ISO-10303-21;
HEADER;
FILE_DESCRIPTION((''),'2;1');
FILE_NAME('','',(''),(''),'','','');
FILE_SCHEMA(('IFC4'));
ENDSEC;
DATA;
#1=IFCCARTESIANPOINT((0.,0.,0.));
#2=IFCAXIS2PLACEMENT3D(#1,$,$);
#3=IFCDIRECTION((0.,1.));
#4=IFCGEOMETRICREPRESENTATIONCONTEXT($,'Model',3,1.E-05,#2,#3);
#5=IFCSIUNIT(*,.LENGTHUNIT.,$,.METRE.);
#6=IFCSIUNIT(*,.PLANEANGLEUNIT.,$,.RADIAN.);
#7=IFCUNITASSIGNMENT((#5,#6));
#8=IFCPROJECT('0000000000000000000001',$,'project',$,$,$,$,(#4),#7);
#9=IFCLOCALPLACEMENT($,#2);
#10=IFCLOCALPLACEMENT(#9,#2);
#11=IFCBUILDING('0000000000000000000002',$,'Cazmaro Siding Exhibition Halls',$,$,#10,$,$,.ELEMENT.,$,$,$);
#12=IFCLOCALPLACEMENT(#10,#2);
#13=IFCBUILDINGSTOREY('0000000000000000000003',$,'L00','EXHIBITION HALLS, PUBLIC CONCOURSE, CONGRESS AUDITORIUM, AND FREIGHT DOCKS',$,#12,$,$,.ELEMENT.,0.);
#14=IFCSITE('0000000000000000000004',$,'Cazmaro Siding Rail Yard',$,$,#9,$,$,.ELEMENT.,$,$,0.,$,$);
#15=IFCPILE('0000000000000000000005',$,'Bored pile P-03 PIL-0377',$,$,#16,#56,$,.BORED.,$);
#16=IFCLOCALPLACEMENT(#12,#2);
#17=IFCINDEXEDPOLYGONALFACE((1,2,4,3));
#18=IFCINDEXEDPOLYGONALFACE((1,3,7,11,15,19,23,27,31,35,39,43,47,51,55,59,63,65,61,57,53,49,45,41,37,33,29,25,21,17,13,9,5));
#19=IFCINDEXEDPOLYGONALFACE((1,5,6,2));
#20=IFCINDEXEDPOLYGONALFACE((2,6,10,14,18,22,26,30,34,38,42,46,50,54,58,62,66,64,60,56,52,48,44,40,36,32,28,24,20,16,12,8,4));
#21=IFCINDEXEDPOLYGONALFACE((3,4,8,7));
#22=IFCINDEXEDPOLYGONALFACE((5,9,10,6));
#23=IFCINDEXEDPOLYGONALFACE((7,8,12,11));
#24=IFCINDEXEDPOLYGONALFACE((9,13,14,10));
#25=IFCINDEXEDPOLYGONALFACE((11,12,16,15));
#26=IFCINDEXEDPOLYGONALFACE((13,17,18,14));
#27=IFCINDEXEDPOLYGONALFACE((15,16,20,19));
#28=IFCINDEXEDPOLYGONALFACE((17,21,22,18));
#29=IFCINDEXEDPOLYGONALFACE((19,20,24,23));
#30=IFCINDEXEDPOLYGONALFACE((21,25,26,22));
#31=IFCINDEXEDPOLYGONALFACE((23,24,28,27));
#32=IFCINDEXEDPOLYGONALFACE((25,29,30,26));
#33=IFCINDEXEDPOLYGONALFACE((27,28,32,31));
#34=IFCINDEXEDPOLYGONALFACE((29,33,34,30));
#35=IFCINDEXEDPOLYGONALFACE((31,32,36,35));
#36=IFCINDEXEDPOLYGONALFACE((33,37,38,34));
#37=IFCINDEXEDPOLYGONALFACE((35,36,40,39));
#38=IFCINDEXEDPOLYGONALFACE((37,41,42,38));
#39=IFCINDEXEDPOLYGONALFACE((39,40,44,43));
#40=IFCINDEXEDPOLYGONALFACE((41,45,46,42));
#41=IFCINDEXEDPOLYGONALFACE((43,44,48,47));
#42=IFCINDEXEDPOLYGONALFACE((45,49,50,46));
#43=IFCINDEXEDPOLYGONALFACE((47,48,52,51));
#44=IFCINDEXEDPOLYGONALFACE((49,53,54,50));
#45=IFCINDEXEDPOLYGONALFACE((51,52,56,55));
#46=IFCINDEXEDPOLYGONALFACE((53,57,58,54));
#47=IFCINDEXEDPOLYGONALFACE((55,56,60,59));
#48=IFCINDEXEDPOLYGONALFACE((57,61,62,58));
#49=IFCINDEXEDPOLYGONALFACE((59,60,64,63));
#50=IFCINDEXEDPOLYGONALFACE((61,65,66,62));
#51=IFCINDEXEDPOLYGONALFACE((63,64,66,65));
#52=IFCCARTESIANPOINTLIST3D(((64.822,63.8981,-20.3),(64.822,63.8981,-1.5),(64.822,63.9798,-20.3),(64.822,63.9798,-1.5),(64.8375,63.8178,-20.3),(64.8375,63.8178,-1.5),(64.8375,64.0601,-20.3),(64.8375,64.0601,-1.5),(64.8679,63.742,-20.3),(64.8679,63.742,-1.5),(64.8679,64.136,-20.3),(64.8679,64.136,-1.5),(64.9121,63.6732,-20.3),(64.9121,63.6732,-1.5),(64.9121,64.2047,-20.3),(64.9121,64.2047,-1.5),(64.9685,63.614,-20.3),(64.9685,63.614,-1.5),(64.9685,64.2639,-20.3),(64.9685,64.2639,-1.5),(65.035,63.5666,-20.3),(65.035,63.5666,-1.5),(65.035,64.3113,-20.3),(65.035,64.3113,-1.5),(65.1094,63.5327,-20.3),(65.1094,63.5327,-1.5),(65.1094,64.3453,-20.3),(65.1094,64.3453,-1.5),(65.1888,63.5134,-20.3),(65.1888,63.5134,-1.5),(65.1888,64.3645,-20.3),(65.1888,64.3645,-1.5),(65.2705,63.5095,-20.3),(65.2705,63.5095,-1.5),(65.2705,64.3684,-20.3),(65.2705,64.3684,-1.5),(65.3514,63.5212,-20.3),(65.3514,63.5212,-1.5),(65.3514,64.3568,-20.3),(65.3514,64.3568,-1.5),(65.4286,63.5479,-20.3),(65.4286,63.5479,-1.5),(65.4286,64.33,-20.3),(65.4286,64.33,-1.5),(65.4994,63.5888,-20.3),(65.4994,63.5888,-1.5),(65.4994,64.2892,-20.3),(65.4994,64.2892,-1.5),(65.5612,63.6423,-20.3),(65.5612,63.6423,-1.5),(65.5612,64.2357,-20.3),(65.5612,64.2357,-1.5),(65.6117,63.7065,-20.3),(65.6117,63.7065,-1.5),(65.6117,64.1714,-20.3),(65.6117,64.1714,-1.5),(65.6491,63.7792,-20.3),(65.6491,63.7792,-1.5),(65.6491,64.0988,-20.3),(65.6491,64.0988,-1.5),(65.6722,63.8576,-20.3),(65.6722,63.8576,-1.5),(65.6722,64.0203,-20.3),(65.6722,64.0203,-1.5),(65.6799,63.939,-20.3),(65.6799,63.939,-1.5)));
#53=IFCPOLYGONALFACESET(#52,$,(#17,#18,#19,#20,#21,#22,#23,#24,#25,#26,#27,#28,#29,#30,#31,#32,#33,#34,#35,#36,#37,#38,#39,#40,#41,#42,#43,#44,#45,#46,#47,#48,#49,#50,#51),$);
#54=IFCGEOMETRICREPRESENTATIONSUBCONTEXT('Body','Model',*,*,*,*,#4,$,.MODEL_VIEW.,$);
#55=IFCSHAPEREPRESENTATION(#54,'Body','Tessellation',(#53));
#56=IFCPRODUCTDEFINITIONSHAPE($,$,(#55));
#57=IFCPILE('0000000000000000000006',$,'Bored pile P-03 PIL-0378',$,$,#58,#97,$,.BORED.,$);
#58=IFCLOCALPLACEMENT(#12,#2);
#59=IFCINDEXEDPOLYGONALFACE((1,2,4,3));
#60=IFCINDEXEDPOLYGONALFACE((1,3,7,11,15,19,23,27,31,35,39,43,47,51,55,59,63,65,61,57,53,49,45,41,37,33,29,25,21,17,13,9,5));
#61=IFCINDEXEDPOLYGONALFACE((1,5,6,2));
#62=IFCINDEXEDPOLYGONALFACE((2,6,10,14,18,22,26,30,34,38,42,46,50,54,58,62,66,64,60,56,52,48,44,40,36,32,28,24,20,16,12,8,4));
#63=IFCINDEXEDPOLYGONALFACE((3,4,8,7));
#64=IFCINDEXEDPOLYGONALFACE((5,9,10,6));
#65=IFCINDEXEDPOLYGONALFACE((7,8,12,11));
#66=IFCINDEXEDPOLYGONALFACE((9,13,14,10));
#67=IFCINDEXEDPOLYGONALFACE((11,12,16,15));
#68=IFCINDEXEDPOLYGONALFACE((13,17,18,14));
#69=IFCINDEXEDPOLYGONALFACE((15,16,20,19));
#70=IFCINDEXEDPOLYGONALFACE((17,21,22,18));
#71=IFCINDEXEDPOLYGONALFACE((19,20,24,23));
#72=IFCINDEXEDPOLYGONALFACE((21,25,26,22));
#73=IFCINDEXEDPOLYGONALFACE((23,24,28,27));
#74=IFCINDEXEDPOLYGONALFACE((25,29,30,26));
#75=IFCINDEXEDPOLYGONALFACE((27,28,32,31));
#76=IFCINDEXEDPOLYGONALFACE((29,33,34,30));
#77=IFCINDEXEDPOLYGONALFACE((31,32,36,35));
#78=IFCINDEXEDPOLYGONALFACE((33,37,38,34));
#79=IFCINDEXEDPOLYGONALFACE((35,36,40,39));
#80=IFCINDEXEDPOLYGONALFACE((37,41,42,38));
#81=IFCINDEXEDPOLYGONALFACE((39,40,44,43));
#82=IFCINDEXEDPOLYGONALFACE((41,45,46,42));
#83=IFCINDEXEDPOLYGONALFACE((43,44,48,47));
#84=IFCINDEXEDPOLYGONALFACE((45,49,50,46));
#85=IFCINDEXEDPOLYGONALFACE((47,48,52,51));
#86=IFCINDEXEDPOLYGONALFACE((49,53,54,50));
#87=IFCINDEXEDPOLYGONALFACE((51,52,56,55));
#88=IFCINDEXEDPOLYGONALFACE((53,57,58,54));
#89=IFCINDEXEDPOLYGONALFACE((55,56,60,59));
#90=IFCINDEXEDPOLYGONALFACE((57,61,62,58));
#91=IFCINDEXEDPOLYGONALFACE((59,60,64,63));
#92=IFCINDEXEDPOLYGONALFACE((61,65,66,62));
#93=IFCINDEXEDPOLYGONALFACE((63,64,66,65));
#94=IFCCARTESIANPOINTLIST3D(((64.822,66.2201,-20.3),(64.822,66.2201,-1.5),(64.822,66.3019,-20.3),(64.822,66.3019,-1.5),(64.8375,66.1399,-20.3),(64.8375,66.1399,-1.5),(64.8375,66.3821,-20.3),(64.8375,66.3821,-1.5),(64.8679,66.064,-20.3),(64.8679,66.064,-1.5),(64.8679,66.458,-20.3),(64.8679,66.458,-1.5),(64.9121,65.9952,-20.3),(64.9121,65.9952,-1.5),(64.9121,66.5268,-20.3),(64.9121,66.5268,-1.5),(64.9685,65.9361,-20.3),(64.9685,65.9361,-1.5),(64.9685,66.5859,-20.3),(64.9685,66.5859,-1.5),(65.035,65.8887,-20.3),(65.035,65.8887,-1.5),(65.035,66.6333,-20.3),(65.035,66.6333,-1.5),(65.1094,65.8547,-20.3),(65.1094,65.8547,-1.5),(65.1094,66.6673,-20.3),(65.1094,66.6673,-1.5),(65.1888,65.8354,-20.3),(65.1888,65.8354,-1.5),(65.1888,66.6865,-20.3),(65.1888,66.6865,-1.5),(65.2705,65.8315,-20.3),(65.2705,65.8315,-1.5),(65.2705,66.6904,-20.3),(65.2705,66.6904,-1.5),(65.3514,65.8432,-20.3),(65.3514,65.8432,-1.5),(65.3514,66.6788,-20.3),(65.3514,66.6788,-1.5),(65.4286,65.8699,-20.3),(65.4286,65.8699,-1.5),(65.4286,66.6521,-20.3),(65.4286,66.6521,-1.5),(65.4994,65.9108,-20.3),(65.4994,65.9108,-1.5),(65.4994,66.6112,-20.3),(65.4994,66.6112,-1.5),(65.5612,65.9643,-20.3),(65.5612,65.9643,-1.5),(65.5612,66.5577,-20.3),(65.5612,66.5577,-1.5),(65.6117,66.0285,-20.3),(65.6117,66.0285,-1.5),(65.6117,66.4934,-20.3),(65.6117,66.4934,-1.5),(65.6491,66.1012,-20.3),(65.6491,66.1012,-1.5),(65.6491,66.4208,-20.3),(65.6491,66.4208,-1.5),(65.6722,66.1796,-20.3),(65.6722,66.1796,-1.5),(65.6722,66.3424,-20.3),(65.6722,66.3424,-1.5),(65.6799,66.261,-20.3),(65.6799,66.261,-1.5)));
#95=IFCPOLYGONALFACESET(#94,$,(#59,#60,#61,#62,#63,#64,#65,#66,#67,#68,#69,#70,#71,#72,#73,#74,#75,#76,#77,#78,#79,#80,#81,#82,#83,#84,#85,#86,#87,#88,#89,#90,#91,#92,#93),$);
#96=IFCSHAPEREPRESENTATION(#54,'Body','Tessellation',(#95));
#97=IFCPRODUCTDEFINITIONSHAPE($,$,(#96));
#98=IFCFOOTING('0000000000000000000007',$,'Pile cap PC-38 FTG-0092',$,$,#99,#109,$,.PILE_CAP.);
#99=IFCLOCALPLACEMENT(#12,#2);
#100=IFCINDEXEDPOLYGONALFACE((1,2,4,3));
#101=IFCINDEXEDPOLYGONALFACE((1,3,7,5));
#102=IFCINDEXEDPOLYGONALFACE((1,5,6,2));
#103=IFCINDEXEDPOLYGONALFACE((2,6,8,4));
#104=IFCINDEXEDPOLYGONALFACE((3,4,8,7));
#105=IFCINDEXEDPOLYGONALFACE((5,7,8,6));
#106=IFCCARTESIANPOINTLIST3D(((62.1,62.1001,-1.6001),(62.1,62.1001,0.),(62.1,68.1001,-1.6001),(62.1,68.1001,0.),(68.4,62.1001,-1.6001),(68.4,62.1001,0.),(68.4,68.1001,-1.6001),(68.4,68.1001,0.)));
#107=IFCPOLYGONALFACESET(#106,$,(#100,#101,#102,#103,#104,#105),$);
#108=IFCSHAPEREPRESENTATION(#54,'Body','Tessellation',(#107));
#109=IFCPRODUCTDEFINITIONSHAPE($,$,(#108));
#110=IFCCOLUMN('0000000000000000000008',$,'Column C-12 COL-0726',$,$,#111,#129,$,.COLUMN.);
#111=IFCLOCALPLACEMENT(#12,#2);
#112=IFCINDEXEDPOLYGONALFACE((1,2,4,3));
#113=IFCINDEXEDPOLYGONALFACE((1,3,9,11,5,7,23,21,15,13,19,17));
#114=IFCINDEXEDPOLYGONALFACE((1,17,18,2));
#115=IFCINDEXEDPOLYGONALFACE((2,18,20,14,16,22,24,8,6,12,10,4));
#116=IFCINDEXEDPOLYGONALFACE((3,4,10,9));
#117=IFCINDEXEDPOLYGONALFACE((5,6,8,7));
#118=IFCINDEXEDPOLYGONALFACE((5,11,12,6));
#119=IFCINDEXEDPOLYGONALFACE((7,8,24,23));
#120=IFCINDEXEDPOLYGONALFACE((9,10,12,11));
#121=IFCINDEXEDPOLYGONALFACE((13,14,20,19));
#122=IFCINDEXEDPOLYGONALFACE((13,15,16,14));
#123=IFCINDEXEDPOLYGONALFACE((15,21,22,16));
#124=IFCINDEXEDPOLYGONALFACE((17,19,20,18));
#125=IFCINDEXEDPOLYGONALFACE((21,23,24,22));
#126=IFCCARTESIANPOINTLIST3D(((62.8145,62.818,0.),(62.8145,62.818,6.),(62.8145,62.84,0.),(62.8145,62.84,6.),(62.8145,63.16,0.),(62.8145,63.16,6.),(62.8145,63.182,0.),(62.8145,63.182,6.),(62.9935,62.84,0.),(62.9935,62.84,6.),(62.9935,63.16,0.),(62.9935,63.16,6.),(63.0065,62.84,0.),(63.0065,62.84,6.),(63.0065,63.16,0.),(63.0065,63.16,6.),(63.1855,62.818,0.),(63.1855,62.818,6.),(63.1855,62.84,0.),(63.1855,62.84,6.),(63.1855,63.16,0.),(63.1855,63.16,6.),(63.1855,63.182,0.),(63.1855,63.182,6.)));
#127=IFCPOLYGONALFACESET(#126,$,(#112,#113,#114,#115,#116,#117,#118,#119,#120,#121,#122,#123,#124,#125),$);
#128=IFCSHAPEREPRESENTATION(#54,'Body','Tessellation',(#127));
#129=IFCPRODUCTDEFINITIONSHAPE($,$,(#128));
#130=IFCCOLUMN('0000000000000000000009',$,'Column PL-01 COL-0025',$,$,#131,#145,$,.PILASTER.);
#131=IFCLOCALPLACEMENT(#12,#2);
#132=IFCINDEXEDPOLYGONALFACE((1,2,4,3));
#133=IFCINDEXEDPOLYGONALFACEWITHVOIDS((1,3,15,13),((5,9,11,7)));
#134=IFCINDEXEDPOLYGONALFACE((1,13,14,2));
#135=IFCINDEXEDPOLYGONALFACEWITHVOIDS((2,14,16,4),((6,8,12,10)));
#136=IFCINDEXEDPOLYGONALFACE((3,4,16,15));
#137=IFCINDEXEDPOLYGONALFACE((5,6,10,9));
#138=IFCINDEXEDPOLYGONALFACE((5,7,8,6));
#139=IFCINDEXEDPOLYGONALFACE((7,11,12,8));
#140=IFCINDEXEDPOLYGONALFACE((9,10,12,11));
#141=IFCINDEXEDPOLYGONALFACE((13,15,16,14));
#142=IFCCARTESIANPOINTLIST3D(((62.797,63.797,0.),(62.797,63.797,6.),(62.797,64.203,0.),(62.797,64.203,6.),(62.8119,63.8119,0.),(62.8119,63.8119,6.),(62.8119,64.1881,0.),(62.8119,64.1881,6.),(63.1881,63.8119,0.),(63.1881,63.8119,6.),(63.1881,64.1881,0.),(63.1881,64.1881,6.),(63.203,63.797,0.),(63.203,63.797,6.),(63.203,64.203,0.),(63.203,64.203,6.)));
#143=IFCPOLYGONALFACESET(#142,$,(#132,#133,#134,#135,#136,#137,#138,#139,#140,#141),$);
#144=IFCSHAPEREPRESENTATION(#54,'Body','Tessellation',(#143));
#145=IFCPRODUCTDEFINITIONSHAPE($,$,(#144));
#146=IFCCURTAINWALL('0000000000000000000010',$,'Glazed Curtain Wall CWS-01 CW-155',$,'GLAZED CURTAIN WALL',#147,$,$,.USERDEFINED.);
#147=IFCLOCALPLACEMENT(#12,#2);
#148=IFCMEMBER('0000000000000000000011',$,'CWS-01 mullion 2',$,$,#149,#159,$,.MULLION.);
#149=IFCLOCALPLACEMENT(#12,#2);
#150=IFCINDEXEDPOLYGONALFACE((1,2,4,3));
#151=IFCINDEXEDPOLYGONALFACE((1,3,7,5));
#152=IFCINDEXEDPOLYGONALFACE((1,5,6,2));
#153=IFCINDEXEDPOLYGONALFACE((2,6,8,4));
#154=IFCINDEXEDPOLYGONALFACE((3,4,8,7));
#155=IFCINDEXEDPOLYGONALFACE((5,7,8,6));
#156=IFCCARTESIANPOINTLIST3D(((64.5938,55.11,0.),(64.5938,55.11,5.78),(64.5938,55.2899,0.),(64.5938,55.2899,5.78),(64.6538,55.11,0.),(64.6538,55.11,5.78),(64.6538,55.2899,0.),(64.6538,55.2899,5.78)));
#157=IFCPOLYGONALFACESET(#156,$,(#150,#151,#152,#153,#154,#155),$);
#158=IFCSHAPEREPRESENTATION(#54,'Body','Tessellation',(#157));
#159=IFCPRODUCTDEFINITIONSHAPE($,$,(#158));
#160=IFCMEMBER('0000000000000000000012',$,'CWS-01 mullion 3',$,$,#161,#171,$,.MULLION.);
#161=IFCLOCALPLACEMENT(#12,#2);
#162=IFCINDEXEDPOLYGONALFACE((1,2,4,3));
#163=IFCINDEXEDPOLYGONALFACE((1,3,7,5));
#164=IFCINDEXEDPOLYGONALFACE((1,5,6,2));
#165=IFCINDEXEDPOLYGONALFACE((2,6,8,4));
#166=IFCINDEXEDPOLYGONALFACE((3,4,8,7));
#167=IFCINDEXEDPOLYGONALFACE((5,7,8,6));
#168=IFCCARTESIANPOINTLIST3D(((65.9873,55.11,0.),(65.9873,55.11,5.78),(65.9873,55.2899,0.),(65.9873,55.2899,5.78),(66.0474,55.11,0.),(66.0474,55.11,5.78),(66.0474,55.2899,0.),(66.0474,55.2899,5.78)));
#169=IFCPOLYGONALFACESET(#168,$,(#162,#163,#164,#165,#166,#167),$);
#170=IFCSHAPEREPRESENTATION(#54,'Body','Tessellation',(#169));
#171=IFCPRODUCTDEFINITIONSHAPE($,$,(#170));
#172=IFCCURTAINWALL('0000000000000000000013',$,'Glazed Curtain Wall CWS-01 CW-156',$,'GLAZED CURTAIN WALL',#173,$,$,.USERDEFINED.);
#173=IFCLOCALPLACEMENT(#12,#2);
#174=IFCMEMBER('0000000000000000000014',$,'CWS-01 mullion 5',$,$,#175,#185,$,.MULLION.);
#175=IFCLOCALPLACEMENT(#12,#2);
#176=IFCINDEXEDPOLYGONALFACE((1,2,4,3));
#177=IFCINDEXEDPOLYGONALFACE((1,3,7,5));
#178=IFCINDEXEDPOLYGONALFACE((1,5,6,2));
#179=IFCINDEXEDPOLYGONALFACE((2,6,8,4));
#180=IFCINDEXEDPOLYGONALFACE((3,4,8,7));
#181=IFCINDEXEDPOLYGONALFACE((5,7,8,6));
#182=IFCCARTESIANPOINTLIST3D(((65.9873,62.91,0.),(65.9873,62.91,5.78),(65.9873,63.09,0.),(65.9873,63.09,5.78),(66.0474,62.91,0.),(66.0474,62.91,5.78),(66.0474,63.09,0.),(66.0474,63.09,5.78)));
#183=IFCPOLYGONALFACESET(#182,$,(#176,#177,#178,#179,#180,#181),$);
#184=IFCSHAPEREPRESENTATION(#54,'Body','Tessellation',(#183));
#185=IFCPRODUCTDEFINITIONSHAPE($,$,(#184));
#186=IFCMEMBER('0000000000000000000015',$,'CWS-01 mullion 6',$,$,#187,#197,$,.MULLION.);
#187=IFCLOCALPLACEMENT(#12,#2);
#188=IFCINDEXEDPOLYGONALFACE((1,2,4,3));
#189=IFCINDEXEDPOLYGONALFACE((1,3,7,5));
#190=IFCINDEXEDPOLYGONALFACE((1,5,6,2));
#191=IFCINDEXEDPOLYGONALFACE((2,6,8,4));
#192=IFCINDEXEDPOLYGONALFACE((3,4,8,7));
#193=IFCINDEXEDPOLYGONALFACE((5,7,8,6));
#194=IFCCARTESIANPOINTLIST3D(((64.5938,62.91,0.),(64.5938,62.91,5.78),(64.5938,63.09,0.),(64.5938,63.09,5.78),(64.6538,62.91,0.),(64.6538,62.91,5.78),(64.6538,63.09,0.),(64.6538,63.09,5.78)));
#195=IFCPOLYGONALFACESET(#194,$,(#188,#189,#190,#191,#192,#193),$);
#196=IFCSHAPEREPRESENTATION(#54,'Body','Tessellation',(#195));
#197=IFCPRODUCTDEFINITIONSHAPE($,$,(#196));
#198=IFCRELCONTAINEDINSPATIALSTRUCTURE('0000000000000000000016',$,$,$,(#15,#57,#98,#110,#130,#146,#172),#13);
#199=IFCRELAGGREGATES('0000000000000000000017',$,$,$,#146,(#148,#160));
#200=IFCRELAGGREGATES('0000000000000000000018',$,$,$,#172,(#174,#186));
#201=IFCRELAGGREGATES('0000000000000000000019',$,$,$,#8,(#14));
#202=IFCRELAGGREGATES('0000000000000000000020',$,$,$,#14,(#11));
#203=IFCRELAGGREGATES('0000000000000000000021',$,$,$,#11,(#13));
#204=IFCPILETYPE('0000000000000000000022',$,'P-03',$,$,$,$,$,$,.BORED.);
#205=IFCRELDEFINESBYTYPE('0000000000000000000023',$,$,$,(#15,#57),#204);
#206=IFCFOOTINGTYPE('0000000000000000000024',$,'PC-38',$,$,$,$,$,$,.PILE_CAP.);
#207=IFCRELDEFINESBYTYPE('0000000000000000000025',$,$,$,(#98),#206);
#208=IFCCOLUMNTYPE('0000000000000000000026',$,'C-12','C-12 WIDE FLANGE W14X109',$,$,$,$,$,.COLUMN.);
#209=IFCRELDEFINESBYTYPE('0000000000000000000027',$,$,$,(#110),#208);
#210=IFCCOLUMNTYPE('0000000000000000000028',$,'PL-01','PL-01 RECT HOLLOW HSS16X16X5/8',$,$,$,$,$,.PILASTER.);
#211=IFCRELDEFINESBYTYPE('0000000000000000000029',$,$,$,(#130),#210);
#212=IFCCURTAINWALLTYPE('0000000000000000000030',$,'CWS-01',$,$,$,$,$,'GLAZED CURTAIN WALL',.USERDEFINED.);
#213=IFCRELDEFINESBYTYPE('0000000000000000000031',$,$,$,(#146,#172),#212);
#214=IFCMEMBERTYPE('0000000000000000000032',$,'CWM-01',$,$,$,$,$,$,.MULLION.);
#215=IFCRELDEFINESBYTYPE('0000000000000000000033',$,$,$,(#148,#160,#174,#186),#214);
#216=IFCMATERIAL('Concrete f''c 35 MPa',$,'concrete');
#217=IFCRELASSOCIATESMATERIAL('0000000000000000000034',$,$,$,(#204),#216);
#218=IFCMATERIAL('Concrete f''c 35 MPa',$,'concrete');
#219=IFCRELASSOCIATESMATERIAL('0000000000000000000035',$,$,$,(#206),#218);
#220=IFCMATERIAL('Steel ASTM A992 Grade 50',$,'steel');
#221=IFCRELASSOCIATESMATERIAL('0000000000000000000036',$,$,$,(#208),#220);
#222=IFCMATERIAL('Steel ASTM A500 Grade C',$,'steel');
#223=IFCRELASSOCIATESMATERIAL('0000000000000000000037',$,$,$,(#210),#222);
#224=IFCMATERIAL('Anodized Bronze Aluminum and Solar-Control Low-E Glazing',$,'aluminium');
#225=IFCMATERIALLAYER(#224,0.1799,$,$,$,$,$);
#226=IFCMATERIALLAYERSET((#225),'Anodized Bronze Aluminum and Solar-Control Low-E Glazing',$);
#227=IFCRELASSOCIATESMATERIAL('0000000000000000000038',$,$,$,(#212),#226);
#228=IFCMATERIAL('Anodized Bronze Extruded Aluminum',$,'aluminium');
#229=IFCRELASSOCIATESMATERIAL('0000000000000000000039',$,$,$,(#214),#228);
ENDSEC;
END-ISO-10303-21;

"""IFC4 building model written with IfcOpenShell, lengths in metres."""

from ifc_helpers import new_model, si_unit, direction, frame, origin, origin_2d, place, context, subcontext, project, spatial, rectangle, hollow_rectangle, circle, i_section, extrude, material, layer, layer_set, material_profile, profile_set, type_object, element, aggregate, save


model = new_model("IFC4")

# Units and contexts
model_context = context("Model", 3, precision=1e-05, world=origin(), true_north=direction((0.0, 1.0)))
body_context = subcontext(model_context, "Body", "Model", "MODEL_VIEW")
ifc_project = project(units=[si_unit("LENGTHUNIT", "METRE"), si_unit("PLANEANGLEUNIT", "RADIAN")], contexts=[model_context])

# Site, building, storey
site_placement = place(None, origin())
site = spatial("IfcSite", under=ifc_project, at=site_placement, Name="Cazmaro Siding Rail Yard", CompositionType="ELEMENT", RefElevation=0.0)
building_placement = place(site_placement, origin())
building = spatial("IfcBuilding", under=site, at=building_placement, Name="Cazmaro Siding Exhibition Halls", CompositionType="ELEMENT")
storey_placement = place(building_placement, origin())
storey = spatial("IfcBuildingStorey", under=building, at=storey_placement, Name="L00", Description="EXHIBITION HALLS, PUBLIC CONCOURSE, CONGRESS AUDITORIUM, AND FREIGHT DOCKS", CompositionType="ELEMENT", Elevation=0.0)

# Piles
ifc_material_1 = material(Name="Concrete f'c 35 MPa", Category="concrete")
ifc_material_profile_1 = material_profile(ifc_material_1, circle(Radius=0.4299, at=origin_2d()), Name="CIDH-860")
ifc_profile_set_1 = profile_set([ifc_material_profile_1], Name="Concrete f'c 35 MPa")
pile_type = type_object("IfcPileType", Name="P-03", PredefinedType="BORED", material=ifc_profile_set_1)
for number, where, z_axis, x_axis, name in (
    (1, (65.25, 63.939, -1.5), (0.0, 0.0, -1.0), (1.0, 0.0, 0.0), "Bored pile P-03 PIL-0377"),
    (2, (65.25, 66.261, -1.5), (0.0, 0.0, -1.0), (1.0, 0.0, 0.0), "Bored pile P-03 PIL-0378"),
):
    element("IfcPile", number, at=place(storey_placement, frame(where, z_axis=z_axis, x_axis=x_axis)), inside=storey, type_object=pile_type, Name=name, PredefinedType="BORED", context=body_context, shape_type="SweptSolid", body=[
        extrude(circle(Radius=0.4299, at=origin_2d()), origin(), (0.0, 0.0, 1.0), 18.8),
    ])

# Footing
ifc_material_2 = material(Name="Concrete f'c 35 MPa", Category="concrete")
footing_type = type_object("IfcFootingType", Name="PC-38", PredefinedType="PILE_CAP", material=ifc_material_2)
footing_placement = place(storey_placement, frame((65.25, 65.1001, -1.6001), z_axis=(0.0, 0.0, 1.0), x_axis=(1.0, 0.0, 0.0)))
element("IfcFooting", 3, at=footing_placement, inside=storey, type_object=footing_type, Name="Pile cap PC-38 FTG-0092", PredefinedType="PILE_CAP", context=body_context, shape_type="SweptSolid", body=[
    extrude(rectangle(XDim=6.3, YDim=6.0, at=origin_2d()), origin(), (0.0, 0.0, 1.0), 1.6001),
])

# Columns
ifc_material_3 = material(Name="Steel ASTM A992 Grade 50", Category="steel")
ifc_material_profile_2 = material_profile(ifc_material_3, i_section(OverallWidth=0.3711, OverallDepth=0.364, WebThickness=0.0129, FlangeThickness=0.022, at=origin_2d()), Name="W14X109")
ifc_profile_set_2 = profile_set([ifc_material_profile_2], Name="Steel ASTM A992 Grade 50")
column_type_1 = type_object("IfcColumnType", Name="C-12", Description="C-12 WIDE FLANGE W14X109", PredefinedType="COLUMN", material=ifc_profile_set_2)
column_1_placement = place(storey_placement, frame((63.0, 63.0, 0.0), z_axis=(0.0, 0.0, 1.0), x_axis=(1.0, 0.0, 0.0)))
element("IfcColumn", 4, at=column_1_placement, inside=storey, type_object=column_type_1, Name="Column C-12 COL-0726", PredefinedType="COLUMN", context=body_context, shape_type="SweptSolid", body=[
    extrude(i_section(OverallWidth=0.3711, OverallDepth=0.364, WebThickness=0.0129, FlangeThickness=0.022, at=origin_2d()), origin(), (0.0, 0.0, 1.0), 6.0),
])
ifc_material_4 = material(Name="Steel ASTM A500 Grade C", Category="steel")
ifc_material_profile_3 = material_profile(ifc_material_4, hollow_rectangle(XDim=0.406, YDim=0.406, WallThickness=0.0149, at=origin_2d()), Name="HSS16X16X5/8")
ifc_profile_set_3 = profile_set([ifc_material_profile_3], Name="Steel ASTM A500 Grade C")
column_type_2 = type_object("IfcColumnType", Name="PL-01", Description="PL-01 RECT HOLLOW HSS16X16X5/8", PredefinedType="PILASTER", material=ifc_profile_set_3)
column_2_placement = place(storey_placement, frame((63.0, 64.0, 0.0), z_axis=(0.0, 0.0, 1.0), x_axis=(1.0, 0.0, 0.0)))
element("IfcColumn", 5, at=column_2_placement, inside=storey, type_object=column_type_2, Name="Column PL-01 COL-0025", PredefinedType="PILASTER", context=body_context, shape_type="SweptSolid", body=[
    extrude(hollow_rectangle(XDim=0.406, YDim=0.406, WallThickness=0.0149, at=origin_2d()), origin(), (0.0, 0.0, 1.0), 6.0),
])

# Curtain walls, members
ifc_material_5 = material(Name="Anodized Bronze Aluminum and Solar-Control Low-E Glazing", Category="aluminium")
ifc_layer_1 = layer(ifc_material_5, 0.1799)
ifc_layer_set_1 = layer_set([ifc_layer_1], Name="Anodized Bronze Aluminum and Solar-Control Low-E Glazing")
curtain_wall_type = type_object("IfcCurtainWallType", Name="CWS-01", ElementType="GLAZED CURTAIN WALL", PredefinedType="USERDEFINED", material=ifc_layer_set_1)
curtain_wall_1_placement = place(storey_placement, origin())
curtain_wall_1 = element("IfcCurtainWall", 6, at=curtain_wall_1_placement, inside=storey, type_object=curtain_wall_type, Name="Glazed Curtain Wall CWS-01 CW-155", ObjectType="GLAZED CURTAIN WALL", PredefinedType="USERDEFINED")
ifc_material_6 = material(Name="Anodized Bronze Extruded Aluminum", Category="aluminium")
ifc_material_profile_4 = material_profile(ifc_material_6, rectangle(XDim=0.1799, YDim=0.0601, at=origin_2d()), Name="CWM-01")
ifc_profile_set_4 = profile_set([ifc_material_profile_4], Name="Anodized Bronze Extruded Aluminum")
member_type_1 = type_object("IfcMemberType", Name="CWM-01", PredefinedType="MULLION", material=ifc_profile_set_4)
member_1_placement = place(storey_placement, frame((64.6238, 55.2, 0.0), z_axis=(0.0, 0.0, 1.0), x_axis=(0.0, 1.0, 0.0)))
member_1 = element("IfcMember", 7, at=member_1_placement, type_object=member_type_1, Name="CWS-01 mullion 2", PredefinedType="MULLION", context=body_context, shape_type="SweptSolid", body=[
    extrude(rectangle(XDim=0.1799, YDim=0.0601, at=origin_2d()), origin(), (0.0, 0.0, 1.0), 5.78),
])
member_2_placement = place(storey_placement, frame((66.0173, 55.2, 0.0), z_axis=(0.0, 0.0, 1.0), x_axis=(0.0, 1.0, 0.0)))
member_2 = element("IfcMember", 8, at=member_2_placement, type_object=member_type_1, Name="CWS-01 mullion 3", PredefinedType="MULLION", context=body_context, shape_type="SweptSolid", body=[
    extrude(rectangle(XDim=0.1799, YDim=0.0601, at=origin_2d()), origin(), (0.0, 0.0, 1.0), 5.78),
])
curtain_wall_2_placement = place(storey_placement, origin())
curtain_wall_2 = element("IfcCurtainWall", 9, at=curtain_wall_2_placement, inside=storey, type_object=curtain_wall_type, Name="Glazed Curtain Wall CWS-01 CW-156", ObjectType="GLAZED CURTAIN WALL", PredefinedType="USERDEFINED")
member_3_placement = place(storey_placement, frame((66.0173, 63.0, 0.0), z_axis=(0.0, 0.0, 1.0), x_axis=(0.0, -1.0, 0.0)))
member_3 = element("IfcMember", 10, at=member_3_placement, type_object=member_type_1, Name="CWS-01 mullion 5", PredefinedType="MULLION", context=body_context, shape_type="SweptSolid", body=[
    extrude(rectangle(XDim=0.1799, YDim=0.0601, at=origin_2d()), origin(), (0.0, 0.0, 1.0), 5.78),
])
member_4_placement = place(storey_placement, frame((64.6238, 63.0, 0.0), z_axis=(0.0, 0.0, 1.0), x_axis=(0.0, -1.0, 0.0)))
member_4 = element("IfcMember", 11, at=member_4_placement, type_object=member_type_1, Name="CWS-01 mullion 6", PredefinedType="MULLION", context=body_context, shape_type="SweptSolid", body=[
    extrude(rectangle(XDim=0.1799, YDim=0.0601, at=origin_2d()), origin(), (0.0, 0.0, 1.0), 5.78),
])

aggregate(curtain_wall_1, [member_1, member_2])
aggregate(curtain_wall_2, [member_3, member_4])

save(model, "model.ifc")
